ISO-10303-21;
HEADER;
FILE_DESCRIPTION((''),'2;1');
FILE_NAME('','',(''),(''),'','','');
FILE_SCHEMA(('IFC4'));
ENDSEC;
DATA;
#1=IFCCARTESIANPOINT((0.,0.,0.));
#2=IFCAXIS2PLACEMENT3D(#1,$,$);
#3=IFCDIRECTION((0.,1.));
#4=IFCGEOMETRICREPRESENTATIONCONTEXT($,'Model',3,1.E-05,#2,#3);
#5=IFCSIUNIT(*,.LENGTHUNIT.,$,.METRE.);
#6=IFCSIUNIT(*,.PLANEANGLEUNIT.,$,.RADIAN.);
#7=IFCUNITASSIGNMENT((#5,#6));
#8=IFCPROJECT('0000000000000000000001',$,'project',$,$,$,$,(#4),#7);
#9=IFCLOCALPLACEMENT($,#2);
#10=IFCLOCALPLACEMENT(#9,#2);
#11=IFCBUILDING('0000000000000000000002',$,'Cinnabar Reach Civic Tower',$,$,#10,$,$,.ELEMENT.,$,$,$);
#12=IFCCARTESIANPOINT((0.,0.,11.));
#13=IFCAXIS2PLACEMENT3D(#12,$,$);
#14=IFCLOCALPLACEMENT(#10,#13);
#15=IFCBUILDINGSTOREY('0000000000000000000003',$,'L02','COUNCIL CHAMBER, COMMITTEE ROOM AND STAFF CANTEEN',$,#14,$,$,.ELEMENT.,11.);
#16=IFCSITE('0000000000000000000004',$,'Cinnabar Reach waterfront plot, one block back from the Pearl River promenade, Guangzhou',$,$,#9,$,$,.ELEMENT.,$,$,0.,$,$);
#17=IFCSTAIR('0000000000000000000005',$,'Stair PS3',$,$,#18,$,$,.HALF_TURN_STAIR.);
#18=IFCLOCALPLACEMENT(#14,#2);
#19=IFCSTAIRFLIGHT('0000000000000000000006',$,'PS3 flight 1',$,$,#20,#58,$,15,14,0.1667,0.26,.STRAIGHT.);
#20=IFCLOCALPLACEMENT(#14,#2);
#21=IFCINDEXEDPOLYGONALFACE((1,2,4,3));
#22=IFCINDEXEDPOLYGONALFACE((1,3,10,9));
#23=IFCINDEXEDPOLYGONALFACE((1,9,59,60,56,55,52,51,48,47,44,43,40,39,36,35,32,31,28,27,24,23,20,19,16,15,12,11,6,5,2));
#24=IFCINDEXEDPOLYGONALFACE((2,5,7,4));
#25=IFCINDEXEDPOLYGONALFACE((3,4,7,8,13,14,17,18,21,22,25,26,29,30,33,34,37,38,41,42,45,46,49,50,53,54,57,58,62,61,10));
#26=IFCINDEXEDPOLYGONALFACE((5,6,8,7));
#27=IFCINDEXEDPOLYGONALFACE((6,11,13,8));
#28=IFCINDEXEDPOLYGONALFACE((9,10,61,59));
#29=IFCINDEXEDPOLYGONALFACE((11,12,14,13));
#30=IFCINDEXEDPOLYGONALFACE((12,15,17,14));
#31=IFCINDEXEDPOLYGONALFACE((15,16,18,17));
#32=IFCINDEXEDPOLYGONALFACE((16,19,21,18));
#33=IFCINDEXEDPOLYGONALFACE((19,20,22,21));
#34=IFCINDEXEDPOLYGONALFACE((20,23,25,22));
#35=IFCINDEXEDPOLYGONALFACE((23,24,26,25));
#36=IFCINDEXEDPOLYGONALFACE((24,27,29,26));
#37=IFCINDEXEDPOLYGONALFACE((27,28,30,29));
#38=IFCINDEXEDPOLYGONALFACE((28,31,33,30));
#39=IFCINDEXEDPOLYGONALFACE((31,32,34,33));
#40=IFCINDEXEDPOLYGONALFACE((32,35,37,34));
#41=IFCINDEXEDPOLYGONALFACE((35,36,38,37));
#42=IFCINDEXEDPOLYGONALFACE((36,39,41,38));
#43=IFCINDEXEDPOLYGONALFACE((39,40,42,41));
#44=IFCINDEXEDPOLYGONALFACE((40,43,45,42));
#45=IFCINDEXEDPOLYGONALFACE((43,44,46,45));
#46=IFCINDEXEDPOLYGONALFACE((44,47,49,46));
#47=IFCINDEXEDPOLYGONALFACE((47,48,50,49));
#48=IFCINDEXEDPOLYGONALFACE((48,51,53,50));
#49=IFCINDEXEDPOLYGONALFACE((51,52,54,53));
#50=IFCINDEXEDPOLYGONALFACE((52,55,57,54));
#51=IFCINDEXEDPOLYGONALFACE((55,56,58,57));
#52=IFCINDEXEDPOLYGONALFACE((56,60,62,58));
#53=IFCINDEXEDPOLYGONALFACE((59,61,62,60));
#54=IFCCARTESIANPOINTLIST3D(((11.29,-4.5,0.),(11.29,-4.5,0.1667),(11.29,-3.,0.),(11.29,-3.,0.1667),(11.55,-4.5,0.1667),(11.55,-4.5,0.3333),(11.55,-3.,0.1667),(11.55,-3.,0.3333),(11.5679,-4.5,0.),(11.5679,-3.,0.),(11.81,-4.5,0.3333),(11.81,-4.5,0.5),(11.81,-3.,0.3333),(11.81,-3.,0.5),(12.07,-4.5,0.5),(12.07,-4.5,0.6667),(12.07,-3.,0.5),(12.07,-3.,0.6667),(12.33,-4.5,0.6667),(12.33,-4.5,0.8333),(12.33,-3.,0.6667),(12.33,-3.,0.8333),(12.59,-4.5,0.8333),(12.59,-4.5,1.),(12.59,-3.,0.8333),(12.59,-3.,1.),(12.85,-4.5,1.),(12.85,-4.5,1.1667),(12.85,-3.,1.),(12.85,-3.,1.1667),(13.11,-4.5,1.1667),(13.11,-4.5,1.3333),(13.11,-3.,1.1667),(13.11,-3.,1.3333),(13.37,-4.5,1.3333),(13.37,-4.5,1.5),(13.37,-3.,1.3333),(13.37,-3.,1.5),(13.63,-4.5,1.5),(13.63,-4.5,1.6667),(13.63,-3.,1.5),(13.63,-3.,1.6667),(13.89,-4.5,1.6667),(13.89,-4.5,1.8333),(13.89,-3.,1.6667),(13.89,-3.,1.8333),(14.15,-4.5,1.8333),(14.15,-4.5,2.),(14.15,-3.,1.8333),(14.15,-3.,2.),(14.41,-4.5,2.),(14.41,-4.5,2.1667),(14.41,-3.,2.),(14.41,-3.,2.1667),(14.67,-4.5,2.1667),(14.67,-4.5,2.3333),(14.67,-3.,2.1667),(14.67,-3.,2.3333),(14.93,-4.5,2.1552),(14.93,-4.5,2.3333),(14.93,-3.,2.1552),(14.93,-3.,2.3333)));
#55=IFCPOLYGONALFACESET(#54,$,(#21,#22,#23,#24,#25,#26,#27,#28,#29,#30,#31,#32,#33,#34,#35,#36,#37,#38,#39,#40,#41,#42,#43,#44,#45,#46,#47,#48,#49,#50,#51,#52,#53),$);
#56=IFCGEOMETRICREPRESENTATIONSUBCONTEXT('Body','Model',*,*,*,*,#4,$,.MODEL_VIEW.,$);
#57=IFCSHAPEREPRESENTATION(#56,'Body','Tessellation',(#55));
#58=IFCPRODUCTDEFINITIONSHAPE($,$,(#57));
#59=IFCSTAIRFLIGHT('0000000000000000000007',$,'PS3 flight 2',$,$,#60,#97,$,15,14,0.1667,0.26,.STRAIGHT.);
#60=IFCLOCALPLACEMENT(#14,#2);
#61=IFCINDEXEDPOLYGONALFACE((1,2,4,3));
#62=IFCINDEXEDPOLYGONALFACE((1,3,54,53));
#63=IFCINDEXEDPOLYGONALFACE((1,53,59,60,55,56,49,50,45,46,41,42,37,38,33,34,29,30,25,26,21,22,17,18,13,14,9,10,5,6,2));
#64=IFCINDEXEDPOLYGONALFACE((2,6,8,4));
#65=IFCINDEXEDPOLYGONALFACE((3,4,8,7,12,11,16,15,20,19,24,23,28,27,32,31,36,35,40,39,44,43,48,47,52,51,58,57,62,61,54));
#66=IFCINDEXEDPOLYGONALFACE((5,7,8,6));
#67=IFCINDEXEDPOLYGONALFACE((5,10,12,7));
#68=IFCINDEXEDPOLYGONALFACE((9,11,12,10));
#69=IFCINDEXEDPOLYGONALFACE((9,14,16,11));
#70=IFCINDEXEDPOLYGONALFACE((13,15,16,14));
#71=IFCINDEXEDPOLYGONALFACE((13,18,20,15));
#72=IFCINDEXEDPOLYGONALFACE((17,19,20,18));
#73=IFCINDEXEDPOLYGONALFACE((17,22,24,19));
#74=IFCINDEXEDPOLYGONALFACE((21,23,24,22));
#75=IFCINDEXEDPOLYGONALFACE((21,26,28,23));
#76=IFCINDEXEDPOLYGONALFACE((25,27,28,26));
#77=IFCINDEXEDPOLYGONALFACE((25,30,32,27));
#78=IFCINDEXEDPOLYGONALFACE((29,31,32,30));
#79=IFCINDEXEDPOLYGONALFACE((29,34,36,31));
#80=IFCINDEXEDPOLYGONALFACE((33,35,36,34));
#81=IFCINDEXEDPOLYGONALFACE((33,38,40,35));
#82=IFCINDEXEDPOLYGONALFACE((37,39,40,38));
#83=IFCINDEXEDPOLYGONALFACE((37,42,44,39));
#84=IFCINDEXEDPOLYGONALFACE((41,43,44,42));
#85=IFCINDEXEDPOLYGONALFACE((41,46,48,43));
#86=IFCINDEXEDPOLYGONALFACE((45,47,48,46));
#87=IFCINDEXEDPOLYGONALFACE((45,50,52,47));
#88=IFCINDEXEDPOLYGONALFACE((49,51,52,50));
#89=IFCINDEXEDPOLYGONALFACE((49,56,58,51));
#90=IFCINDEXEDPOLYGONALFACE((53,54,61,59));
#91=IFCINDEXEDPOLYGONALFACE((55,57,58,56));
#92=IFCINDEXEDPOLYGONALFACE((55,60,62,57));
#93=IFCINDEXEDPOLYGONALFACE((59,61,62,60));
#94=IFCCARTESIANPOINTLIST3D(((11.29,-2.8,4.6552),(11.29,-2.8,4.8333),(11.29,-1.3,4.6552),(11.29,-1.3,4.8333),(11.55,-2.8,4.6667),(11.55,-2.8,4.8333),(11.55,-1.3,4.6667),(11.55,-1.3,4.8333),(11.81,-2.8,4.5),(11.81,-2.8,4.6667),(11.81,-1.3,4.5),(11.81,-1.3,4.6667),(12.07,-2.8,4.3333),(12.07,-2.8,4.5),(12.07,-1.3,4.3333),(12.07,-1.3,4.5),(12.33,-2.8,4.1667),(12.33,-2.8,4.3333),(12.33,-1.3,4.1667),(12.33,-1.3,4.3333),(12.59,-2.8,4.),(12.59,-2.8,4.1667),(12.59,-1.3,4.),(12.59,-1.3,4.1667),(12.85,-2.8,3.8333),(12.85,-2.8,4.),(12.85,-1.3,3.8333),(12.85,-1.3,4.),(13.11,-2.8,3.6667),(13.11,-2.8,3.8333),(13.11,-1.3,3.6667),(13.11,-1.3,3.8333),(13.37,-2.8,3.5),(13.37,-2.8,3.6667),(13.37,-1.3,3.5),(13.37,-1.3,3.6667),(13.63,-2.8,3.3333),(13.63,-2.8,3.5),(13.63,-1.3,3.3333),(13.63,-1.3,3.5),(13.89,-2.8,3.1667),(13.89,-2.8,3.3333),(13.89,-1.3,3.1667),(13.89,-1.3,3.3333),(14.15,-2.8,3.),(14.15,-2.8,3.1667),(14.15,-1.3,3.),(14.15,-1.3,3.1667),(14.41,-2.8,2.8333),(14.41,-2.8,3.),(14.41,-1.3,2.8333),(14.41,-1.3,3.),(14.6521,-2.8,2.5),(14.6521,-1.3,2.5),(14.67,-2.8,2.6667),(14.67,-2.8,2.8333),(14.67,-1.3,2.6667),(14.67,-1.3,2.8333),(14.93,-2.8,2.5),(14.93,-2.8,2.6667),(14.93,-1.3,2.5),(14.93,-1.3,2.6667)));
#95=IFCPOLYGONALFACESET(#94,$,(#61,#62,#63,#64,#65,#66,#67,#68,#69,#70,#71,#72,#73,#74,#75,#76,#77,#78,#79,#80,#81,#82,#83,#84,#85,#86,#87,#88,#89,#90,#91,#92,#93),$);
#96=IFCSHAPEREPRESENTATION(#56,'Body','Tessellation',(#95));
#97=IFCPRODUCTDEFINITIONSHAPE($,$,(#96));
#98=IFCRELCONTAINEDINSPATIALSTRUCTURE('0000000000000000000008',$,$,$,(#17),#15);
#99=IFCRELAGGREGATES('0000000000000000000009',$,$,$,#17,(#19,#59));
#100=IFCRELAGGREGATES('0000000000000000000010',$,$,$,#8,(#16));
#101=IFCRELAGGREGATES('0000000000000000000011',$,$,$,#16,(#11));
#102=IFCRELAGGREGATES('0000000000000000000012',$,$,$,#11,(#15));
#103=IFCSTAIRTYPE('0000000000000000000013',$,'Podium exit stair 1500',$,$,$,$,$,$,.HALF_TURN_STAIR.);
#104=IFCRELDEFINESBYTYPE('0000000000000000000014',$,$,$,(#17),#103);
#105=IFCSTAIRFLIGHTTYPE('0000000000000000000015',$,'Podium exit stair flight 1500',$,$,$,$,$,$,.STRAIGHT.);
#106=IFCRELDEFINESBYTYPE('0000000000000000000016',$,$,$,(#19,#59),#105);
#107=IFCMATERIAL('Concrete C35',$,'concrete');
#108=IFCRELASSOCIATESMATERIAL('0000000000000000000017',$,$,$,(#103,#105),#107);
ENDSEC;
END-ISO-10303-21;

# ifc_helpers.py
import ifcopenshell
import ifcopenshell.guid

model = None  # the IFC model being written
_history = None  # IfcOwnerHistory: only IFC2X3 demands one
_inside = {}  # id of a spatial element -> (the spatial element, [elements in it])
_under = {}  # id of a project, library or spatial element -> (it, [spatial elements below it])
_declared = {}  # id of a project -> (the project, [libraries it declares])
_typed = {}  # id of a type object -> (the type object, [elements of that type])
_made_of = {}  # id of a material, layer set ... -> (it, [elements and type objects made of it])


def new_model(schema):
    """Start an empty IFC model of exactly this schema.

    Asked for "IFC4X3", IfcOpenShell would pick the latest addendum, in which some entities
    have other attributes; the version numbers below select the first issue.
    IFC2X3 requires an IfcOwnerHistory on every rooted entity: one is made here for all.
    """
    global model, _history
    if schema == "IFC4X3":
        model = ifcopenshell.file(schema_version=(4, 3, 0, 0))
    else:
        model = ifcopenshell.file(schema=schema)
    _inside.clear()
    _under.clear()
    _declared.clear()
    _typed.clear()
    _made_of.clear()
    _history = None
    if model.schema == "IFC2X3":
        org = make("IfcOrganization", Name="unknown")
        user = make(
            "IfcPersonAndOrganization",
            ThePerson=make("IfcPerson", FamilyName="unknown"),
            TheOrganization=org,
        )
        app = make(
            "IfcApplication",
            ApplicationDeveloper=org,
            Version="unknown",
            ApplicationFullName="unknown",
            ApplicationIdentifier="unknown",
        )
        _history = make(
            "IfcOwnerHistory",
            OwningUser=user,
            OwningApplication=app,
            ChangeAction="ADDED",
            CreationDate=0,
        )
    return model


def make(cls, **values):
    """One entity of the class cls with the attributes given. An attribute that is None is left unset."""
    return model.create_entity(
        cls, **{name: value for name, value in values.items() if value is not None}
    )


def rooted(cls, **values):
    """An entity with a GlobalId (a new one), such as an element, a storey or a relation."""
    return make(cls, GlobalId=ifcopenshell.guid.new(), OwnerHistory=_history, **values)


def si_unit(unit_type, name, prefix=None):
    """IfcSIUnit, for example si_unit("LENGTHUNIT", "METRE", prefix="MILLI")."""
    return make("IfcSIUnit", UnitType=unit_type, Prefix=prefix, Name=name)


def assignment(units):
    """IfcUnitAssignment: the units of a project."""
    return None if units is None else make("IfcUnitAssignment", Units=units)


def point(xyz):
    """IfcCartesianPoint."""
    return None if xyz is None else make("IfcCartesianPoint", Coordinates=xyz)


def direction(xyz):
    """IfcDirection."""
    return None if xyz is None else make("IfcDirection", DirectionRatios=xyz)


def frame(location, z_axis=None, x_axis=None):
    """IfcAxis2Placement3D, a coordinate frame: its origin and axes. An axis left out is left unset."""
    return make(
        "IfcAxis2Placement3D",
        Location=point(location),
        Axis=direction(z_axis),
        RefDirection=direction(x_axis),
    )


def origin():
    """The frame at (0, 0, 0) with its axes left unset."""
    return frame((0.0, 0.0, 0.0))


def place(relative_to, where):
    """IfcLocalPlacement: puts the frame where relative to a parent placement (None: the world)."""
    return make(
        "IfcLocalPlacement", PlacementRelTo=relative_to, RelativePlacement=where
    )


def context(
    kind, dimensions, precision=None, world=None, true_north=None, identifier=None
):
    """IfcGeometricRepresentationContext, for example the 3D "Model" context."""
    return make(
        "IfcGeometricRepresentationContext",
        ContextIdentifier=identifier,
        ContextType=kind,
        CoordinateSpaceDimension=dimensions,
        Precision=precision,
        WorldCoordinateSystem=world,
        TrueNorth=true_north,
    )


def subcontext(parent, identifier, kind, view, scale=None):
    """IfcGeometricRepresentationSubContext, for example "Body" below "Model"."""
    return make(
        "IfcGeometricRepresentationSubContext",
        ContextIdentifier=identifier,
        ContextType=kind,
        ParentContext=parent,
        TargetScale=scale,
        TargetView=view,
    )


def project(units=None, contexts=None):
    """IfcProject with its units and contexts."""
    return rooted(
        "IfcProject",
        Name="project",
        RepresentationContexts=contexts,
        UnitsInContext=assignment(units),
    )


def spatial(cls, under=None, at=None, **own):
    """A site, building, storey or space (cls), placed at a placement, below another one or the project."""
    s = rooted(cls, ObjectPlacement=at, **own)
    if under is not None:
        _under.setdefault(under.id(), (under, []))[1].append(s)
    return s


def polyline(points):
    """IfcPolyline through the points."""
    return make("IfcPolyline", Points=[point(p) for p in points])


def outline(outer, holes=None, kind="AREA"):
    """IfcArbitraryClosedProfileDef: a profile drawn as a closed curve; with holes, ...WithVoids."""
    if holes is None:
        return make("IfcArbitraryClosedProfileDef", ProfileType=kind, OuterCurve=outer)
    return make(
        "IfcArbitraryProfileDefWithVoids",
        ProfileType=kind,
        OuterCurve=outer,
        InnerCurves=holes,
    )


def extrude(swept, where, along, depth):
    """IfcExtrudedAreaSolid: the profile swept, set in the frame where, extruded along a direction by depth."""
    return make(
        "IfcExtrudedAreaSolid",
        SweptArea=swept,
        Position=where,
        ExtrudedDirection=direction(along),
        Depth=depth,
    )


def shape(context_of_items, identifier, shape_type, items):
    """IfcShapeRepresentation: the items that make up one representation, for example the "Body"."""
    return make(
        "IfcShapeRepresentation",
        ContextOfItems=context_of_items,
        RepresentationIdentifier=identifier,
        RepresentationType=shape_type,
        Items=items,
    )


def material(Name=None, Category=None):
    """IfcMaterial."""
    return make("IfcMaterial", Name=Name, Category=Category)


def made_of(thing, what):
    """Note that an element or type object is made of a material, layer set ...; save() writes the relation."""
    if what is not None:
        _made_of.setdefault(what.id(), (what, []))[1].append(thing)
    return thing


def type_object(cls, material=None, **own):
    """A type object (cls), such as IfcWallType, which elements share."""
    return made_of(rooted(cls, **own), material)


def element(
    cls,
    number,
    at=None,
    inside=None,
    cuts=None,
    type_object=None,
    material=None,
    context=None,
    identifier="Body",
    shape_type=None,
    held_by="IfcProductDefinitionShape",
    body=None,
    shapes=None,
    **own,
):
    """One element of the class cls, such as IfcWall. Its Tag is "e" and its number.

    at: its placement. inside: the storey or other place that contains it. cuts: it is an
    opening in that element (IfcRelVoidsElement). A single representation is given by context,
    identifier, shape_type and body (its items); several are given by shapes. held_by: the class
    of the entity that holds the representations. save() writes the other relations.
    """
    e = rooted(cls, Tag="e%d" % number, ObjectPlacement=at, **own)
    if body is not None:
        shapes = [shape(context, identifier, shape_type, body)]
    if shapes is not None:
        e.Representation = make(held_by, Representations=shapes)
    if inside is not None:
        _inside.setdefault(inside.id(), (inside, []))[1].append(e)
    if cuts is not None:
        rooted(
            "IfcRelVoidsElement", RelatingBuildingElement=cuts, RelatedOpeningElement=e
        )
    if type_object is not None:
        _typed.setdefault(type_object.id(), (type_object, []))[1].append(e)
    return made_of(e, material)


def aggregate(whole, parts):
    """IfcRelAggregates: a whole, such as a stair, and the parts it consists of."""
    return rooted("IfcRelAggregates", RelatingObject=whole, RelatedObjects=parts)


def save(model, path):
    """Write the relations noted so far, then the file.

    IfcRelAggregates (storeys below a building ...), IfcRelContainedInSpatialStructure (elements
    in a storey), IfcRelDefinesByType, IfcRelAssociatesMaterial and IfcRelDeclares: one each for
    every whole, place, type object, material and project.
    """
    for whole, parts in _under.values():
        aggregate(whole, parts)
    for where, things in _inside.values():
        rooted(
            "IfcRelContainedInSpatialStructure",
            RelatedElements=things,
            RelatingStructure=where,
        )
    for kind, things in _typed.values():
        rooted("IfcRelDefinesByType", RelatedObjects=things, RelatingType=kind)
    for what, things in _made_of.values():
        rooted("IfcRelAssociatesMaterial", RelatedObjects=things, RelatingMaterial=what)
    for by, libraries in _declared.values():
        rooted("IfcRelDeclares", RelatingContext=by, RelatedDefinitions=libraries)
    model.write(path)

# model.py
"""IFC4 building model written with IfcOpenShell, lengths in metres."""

from ifc_helpers import new_model, si_unit, direction, frame, origin, place, context, subcontext, project, spatial, polyline, outline, extrude, material, type_object, element, aggregate, save


model = new_model("IFC4")

# Units and contexts
model_context = context("Model", 3, precision=1e-05, world=origin(), true_north=direction((0.0, 1.0)))
body_context = subcontext(model_context, "Body", "Model", "MODEL_VIEW")
ifc_project = project(units=[si_unit("LENGTHUNIT", "METRE"), si_unit("PLANEANGLEUNIT", "RADIAN")], contexts=[model_context])

# Site, building, storey
site_placement = place(None, origin())
site = spatial("IfcSite", under=ifc_project, at=site_placement, Name="Cinnabar Reach waterfront plot, one block back from the Pearl River promenade, Guangzhou", CompositionType="ELEMENT", RefElevation=0.0)
building_placement = place(site_placement, origin())
building = spatial("IfcBuilding", under=site, at=building_placement, Name="Cinnabar Reach Civic Tower", CompositionType="ELEMENT")
storey_placement = place(building_placement, frame((0.0, 0.0, 11.0)))
storey = spatial("IfcBuildingStorey", under=building, at=storey_placement, Name="L02", Description="COUNCIL CHAMBER, COMMITTEE ROOM AND STAFF CANTEEN", CompositionType="ELEMENT", Elevation=11.0)

# Stair, stair flights
ifc_material_1 = material(Name="Concrete C35", Category="concrete")
stair_type_1 = type_object("IfcStairType", Name="Podium exit stair 1500", PredefinedType="HALF_TURN_STAIR", material=ifc_material_1)
stair_1_placement = place(storey_placement, origin())
stair_1 = element("IfcStair", 1, at=stair_1_placement, inside=storey, type_object=stair_type_1, Name="Stair PS3", PredefinedType="HALF_TURN_STAIR")
stair_flight_type = type_object("IfcStairFlightType", Name="Podium exit stair flight 1500", PredefinedType="STRAIGHT", material=ifc_material_1)
stair_flight_1_placement = place(storey_placement, frame((11.29, -3.75, 0.0), z_axis=(0.0, 0.0, 1.0), x_axis=(1.0, 0.0, 0.0)))
stair_flight_1 = element("IfcStairFlight", 2, at=stair_flight_1_placement, type_object=stair_flight_type, Name="PS3 flight 1", NumberOfRisers=15, NumberOfTreads=14, PredefinedType="STRAIGHT", RiserHeight=0.1667, TreadLength=0.26, context=body_context, shape_type="SweptSolid", body=[
    extrude(outline(polyline([(0.0, 0.0), (0.0, 0.1667), (0.26, 0.1667), (0.26, 0.3333), (0.52, 0.3333), (0.52, 0.5), (0.78, 0.5), (0.78, 0.6667), (1.04, 0.6667), (1.04, 0.8333), (1.3, 0.8333), (1.3, 1.0), (1.56, 1.0), (1.56, 1.1667), (1.82, 1.1667), (1.82, 1.3333), (2.08, 1.3333), (2.08, 1.5), (2.34, 1.5), (2.34, 1.6667), (2.6, 1.6667), (2.6, 1.8333), (2.86, 1.8333), (2.86, 2.0), (3.12, 2.0), (3.12, 2.1667), (3.38, 2.1667), (3.38, 2.3333), (3.64, 2.3333), (3.64, 2.5), (3.64, 2.1552), (0.2779, 0.0), (0.0, 0.0)])), frame((0.0, 0.75, 0.0), z_axis=(0.0, -1.0, 0.0), x_axis=(1.0, 0.0, 0.0)), (0.0, 0.0, 1.0), 1.5),
])
stair_flight_2_placement = place(storey_placement, frame((14.93, -2.05, 2.5), z_axis=(0.0, 0.0, 1.0), x_axis=(-1.0, 0.0, 0.0)))
stair_flight_2 = element("IfcStairFlight", 3, at=stair_flight_2_placement, type_object=stair_flight_type, Name="PS3 flight 2", NumberOfRisers=15, NumberOfTreads=14, PredefinedType="STRAIGHT", RiserHeight=0.1667, TreadLength=0.26, context=body_context, shape_type="SweptSolid", body=[
    extrude(outline(polyline([(0.0, 0.0), (0.0, 0.1667), (0.26, 0.1667), (0.26, 0.3333), (0.52, 0.3333), (0.52, 0.5), (0.78, 0.5), (0.78, 0.6667), (1.04, 0.6667), (1.04, 0.8333), (1.3, 0.8333), (1.3, 1.0), (1.56, 1.0), (1.56, 1.1667), (1.82, 1.1667), (1.82, 1.3333), (2.08, 1.3333), (2.08, 1.5), (2.34, 1.5), (2.34, 1.6667), (2.6, 1.6667), (2.6, 1.8333), (2.86, 1.8333), (2.86, 2.0), (3.12, 2.0), (3.12, 2.1667), (3.38, 2.1667), (3.38, 2.3333), (3.64, 2.3333), (3.64, 2.5), (3.64, 2.1552), (0.2779, 0.0), (0.0, 0.0)])), frame((0.0, 0.75, 0.0), z_axis=(0.0, -1.0, 0.0), x_axis=(1.0, 0.0, 0.0)), (0.0, 0.0, 1.0), 1.5),
])
aggregate(stair_1, [stair_flight_1, stair_flight_2])

save(model, "model.ifc")
